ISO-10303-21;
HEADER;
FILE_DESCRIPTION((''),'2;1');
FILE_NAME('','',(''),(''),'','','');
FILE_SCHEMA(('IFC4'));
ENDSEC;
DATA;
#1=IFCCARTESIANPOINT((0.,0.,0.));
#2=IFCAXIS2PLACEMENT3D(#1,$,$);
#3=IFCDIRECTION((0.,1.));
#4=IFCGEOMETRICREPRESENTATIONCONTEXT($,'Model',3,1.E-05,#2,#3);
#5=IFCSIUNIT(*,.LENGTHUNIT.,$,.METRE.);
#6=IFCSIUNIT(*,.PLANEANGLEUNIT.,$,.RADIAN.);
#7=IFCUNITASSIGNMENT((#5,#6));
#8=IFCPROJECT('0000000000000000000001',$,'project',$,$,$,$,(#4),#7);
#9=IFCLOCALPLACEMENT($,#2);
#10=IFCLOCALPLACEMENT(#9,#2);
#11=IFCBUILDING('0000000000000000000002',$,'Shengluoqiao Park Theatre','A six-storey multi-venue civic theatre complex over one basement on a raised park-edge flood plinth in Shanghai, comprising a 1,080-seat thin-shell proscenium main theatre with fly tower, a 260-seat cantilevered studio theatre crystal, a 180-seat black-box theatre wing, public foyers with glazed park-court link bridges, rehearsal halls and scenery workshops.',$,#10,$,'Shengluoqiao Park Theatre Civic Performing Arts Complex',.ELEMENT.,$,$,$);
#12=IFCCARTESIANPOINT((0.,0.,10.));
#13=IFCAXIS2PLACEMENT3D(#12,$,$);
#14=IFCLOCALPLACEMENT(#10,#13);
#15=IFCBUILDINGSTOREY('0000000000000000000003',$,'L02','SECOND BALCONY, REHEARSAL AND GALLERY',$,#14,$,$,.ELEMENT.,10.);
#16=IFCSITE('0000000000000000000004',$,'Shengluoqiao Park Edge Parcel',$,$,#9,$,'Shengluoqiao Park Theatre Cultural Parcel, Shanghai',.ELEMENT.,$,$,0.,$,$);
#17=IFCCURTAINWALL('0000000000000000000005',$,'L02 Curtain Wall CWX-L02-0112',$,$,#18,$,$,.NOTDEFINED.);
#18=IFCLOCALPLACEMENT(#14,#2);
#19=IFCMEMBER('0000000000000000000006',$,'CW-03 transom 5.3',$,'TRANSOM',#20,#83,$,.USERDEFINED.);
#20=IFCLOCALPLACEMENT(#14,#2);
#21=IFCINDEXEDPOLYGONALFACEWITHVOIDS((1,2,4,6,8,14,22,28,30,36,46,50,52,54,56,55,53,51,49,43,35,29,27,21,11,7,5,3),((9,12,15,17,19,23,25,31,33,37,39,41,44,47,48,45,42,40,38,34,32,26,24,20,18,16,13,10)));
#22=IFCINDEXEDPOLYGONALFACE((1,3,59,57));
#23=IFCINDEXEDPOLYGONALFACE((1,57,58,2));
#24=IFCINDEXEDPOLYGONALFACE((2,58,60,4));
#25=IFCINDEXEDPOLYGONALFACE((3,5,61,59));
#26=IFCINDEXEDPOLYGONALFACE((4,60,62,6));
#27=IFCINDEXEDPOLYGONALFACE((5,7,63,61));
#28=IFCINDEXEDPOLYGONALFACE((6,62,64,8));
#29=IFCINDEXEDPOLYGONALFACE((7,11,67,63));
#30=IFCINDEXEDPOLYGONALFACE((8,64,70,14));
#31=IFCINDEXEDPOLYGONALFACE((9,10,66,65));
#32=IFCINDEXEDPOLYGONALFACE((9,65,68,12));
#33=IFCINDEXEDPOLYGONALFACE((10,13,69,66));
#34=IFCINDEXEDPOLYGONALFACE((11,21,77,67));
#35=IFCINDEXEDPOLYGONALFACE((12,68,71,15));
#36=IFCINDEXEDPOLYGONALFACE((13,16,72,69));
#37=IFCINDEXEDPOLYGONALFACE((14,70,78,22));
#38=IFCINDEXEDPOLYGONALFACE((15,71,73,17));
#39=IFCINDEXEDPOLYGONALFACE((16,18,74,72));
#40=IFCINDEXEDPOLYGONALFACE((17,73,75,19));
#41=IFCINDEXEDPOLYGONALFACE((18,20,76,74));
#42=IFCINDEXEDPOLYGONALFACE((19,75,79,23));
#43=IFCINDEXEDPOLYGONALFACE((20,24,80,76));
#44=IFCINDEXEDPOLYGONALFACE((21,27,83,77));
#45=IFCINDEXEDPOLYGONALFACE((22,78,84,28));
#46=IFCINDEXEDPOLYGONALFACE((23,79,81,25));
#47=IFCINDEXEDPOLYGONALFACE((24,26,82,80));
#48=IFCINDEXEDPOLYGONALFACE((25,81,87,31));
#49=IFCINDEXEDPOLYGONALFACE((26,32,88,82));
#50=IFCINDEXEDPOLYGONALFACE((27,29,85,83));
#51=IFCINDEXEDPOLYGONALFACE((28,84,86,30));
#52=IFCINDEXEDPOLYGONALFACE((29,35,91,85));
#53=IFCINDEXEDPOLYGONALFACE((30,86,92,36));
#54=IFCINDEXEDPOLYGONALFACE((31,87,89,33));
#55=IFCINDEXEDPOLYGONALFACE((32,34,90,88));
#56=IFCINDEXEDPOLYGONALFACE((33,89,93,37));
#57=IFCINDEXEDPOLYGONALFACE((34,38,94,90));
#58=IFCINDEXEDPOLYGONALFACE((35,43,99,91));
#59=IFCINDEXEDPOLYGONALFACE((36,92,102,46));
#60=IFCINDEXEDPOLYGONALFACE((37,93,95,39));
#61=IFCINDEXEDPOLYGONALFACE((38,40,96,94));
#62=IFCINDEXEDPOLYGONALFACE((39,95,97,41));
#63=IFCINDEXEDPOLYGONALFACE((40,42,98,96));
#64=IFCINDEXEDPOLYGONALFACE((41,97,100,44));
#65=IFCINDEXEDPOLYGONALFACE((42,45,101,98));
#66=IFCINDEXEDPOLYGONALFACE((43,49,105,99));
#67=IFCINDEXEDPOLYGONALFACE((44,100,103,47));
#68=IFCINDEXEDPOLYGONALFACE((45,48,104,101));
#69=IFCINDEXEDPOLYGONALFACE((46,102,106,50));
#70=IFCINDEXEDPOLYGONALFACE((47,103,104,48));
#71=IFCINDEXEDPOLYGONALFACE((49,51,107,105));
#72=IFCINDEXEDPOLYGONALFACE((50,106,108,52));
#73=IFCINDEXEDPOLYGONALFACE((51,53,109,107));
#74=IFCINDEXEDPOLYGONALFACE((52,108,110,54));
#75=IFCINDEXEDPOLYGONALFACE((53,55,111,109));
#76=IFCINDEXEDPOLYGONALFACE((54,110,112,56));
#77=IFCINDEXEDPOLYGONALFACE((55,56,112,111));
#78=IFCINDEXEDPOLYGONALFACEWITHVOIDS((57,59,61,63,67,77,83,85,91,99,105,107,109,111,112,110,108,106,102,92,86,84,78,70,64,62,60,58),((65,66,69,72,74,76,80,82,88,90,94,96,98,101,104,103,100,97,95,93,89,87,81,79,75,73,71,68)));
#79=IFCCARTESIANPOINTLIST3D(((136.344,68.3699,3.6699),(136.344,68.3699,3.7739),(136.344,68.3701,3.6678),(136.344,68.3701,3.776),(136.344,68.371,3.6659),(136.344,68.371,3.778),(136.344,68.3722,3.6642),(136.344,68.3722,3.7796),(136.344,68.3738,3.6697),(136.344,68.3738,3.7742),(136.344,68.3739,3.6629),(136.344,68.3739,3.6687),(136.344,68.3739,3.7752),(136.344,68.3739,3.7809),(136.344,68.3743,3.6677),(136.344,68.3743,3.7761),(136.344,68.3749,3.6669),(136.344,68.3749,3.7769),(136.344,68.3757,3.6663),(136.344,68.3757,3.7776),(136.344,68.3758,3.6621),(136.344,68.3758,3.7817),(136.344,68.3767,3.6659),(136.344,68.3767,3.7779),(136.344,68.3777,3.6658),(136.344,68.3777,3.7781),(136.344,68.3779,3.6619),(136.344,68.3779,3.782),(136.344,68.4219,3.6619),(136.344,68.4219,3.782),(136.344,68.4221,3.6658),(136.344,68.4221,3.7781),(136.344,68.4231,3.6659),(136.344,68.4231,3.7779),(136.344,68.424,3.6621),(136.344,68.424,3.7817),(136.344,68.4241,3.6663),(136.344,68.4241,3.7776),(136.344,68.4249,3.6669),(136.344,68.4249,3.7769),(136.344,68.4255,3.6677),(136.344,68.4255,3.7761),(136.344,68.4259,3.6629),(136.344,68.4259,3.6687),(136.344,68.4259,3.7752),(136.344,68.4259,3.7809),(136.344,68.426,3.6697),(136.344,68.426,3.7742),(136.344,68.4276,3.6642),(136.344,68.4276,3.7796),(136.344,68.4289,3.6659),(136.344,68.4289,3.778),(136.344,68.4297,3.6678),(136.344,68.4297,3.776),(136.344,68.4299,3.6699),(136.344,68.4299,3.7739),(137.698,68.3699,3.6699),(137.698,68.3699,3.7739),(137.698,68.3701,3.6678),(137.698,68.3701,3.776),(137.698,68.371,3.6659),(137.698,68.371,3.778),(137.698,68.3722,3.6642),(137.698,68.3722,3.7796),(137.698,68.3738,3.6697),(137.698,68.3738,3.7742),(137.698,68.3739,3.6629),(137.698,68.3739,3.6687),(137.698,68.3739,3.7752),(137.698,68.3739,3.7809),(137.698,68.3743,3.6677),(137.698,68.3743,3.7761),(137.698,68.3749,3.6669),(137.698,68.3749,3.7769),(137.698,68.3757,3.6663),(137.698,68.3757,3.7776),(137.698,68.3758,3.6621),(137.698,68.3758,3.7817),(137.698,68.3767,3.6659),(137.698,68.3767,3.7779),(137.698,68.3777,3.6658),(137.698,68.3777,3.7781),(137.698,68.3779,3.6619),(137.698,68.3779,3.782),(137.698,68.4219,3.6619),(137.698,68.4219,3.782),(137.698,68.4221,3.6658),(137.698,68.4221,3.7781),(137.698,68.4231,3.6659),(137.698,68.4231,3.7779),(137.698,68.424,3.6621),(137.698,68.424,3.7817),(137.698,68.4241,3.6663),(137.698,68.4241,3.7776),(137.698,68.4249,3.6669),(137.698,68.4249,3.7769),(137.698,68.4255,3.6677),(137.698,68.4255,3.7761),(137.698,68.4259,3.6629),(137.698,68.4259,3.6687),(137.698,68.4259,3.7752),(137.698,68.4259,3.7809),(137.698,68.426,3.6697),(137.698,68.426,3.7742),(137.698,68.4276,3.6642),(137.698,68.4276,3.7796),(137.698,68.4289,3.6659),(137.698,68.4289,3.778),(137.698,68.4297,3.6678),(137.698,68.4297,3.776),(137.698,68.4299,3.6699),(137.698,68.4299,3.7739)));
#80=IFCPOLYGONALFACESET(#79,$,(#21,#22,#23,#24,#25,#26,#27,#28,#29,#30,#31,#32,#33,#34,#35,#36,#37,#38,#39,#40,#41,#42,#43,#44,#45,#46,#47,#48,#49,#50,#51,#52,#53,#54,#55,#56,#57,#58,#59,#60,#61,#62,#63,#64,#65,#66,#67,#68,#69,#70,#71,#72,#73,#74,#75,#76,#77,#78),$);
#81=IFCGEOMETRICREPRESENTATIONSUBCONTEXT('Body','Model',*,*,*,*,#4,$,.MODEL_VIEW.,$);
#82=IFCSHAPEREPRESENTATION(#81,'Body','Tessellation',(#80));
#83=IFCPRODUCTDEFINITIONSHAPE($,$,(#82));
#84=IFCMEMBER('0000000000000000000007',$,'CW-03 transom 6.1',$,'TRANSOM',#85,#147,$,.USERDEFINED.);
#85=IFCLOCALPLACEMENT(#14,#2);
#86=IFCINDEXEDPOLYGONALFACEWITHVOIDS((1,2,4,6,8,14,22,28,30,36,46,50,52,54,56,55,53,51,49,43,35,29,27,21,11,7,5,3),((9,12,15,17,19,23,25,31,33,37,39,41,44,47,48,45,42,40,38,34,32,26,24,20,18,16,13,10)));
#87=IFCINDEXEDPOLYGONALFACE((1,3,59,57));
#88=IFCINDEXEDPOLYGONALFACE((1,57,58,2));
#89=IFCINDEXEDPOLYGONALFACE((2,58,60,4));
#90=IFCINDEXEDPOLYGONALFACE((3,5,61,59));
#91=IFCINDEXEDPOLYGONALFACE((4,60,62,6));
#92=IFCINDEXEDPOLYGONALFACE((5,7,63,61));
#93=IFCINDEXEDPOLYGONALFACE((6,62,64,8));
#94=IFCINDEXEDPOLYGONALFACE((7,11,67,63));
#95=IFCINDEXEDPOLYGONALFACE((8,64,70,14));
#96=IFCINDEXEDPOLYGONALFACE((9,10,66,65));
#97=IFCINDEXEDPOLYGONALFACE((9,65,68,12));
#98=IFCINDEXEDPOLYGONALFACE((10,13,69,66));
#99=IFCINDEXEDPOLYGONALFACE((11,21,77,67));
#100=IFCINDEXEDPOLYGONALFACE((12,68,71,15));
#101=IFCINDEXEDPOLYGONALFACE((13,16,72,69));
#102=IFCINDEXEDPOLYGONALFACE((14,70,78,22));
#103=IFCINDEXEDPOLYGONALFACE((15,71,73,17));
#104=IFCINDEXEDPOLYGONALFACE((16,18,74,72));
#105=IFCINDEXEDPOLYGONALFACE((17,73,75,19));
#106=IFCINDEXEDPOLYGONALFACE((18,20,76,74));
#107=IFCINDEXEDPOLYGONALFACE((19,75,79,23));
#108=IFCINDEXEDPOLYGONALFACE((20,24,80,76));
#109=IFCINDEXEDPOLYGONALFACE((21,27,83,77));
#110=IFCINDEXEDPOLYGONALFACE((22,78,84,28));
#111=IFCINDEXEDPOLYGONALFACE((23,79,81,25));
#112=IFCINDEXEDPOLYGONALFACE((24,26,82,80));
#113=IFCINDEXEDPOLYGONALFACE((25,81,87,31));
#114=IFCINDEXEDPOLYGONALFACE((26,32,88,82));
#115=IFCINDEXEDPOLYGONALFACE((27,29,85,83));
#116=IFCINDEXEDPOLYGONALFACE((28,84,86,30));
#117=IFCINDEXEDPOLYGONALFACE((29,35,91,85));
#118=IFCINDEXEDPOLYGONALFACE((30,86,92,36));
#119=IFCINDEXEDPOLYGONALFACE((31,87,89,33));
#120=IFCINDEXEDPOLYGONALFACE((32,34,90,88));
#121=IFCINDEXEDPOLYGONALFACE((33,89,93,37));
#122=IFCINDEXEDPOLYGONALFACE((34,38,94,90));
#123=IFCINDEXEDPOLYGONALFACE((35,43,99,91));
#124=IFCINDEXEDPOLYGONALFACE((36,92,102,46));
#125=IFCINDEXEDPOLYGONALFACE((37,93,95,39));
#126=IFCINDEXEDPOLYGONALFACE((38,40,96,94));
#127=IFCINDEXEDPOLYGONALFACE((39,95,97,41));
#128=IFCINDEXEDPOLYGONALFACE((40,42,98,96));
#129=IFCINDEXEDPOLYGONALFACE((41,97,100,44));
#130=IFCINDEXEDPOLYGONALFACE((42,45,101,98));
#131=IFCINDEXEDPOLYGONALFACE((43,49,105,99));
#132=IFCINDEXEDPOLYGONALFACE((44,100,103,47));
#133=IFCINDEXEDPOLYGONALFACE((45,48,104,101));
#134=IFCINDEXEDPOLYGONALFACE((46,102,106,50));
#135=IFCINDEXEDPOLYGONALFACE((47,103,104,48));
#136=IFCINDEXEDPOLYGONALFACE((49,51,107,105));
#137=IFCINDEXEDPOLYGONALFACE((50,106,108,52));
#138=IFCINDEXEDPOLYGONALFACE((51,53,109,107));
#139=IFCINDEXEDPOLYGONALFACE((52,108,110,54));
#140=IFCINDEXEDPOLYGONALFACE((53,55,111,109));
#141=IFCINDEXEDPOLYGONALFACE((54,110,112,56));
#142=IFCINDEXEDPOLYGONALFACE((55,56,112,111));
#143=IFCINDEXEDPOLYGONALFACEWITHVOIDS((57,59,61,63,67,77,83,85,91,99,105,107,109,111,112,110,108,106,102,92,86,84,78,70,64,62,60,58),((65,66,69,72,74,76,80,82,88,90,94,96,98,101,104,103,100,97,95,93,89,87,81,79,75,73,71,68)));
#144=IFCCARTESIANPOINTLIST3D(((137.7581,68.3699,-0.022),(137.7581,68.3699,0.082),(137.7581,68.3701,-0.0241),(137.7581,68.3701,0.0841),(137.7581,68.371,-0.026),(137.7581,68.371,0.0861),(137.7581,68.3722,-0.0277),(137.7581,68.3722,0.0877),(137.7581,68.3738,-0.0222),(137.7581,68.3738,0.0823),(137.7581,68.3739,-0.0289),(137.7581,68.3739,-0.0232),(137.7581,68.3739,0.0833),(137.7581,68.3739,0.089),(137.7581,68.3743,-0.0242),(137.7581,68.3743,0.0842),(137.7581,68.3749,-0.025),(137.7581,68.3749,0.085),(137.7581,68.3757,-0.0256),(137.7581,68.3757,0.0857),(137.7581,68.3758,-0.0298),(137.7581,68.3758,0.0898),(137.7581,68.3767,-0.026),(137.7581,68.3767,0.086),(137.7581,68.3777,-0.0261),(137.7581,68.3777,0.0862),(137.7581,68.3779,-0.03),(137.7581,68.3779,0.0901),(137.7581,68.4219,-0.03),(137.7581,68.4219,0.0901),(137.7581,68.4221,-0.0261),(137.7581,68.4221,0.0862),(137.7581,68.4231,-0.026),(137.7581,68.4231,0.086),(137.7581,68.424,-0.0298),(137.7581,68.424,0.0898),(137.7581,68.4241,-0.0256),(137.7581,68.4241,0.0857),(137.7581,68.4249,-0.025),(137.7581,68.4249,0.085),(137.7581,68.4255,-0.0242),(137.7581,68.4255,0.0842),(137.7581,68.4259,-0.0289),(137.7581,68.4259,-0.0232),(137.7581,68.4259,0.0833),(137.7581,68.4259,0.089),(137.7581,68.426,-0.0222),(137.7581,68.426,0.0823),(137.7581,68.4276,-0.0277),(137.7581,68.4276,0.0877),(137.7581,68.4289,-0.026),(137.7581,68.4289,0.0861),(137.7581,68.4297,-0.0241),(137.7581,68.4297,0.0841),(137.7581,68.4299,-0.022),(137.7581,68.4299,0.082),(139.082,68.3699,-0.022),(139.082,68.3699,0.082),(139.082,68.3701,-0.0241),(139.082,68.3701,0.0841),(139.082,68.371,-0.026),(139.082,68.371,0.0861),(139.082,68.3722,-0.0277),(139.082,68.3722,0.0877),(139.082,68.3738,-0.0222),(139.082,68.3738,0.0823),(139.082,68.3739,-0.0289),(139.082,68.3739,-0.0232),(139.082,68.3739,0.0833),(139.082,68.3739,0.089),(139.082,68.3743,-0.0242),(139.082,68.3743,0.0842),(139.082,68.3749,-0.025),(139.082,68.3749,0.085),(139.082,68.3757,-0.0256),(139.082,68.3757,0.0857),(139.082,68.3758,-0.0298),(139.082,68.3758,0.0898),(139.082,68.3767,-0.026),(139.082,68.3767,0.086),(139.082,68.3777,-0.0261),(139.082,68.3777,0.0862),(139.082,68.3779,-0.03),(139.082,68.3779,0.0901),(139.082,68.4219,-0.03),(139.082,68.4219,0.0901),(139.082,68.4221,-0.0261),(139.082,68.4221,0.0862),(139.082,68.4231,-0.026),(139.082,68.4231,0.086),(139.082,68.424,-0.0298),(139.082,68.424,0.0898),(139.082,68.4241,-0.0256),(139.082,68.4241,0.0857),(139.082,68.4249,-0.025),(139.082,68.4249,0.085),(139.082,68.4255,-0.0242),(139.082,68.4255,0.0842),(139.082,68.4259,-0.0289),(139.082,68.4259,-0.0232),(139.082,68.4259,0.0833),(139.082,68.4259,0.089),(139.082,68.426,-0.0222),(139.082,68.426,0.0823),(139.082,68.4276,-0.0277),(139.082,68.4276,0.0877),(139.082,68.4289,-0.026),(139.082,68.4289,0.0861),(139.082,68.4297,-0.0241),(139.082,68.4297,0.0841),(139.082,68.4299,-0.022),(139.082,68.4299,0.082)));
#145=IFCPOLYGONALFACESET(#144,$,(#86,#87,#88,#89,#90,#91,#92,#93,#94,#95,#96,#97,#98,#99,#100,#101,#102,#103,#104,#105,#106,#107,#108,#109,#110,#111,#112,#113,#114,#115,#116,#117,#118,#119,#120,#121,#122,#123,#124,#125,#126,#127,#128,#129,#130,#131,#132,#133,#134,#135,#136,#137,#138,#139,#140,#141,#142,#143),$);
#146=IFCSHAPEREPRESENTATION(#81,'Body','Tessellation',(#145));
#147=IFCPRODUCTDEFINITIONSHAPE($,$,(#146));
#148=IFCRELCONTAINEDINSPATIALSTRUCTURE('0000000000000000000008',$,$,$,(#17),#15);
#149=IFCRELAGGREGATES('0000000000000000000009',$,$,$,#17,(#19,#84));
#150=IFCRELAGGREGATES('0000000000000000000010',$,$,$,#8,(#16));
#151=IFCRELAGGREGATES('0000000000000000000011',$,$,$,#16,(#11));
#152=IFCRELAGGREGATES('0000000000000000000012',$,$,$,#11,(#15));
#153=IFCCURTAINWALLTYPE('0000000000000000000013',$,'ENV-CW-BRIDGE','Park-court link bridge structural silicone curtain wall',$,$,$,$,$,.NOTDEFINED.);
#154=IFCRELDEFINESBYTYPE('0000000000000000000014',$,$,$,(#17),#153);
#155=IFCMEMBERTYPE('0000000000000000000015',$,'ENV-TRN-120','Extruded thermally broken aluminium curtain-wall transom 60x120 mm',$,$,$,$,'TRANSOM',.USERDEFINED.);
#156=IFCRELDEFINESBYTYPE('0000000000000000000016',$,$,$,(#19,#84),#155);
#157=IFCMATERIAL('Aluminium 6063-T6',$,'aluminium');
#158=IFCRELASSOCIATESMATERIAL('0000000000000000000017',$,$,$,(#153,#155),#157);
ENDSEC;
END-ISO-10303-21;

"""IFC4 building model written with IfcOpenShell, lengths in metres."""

from ifc_helpers import new_model, si_unit, direction, frame, origin, origin_2d, place, context, subcontext, project, spatial, hollow_rectangle, extrude, material, material_profile, profile_set, type_object, element, aggregate, save


model = new_model("IFC4")

# Units and contexts
model_context = context("Model", 3, precision=1e-05, world=origin(), true_north=direction((0.0, 1.0)))
body_context = subcontext(model_context, "Body", "Model", "MODEL_VIEW")
ifc_project = project(units=[si_unit("LENGTHUNIT", "METRE"), si_unit("PLANEANGLEUNIT", "RADIAN")], contexts=[model_context])

# Site, building, storey
site_placement = place(None, origin())
site = spatial("IfcSite", under=ifc_project, at=site_placement, Name="Shengluoqiao Park Edge Parcel", LongName="Shengluoqiao Park Theatre Cultural Parcel, Shanghai", CompositionType="ELEMENT", RefElevation=0.0)
building_placement = place(site_placement, origin())
building = spatial("IfcBuilding", under=site, at=building_placement, Name="Shengluoqiao Park Theatre", Description="A six-storey multi-venue civic theatre complex over one basement on a raised park-edge flood plinth in Shanghai, comprising a 1,080-seat thin-shell proscenium main theatre with fly tower, a 260-seat cantilevered studio theatre crystal, a 180-seat black-box theatre wing, public foyers with glazed park-court link bridges, rehearsal halls and scenery workshops.", LongName="Shengluoqiao Park Theatre Civic Performing Arts Complex", CompositionType="ELEMENT")
storey_placement = place(building_placement, frame((0.0, 0.0, 10.0)))
storey = spatial("IfcBuildingStorey", under=building, at=storey_placement, Name="L02", Description="SECOND BALCONY, REHEARSAL AND GALLERY", CompositionType="ELEMENT", Elevation=10.0)

# Curtain wall, members
ifc_material_1 = material(Name="Aluminium 6063-T6", Category="aluminium")
curtain_wall_type = type_object("IfcCurtainWallType", Name="ENV-CW-BRIDGE", Description="Park-court link bridge structural silicone curtain wall", PredefinedType="NOTDEFINED", material=ifc_material_1)
curtain_wall_placement = place(storey_placement, origin())
curtain_wall = element("IfcCurtainWall", 1, at=curtain_wall_placement, inside=storey, type_object=curtain_wall_type, Name="L02 Curtain Wall CWX-L02-0112", PredefinedType="NOTDEFINED")
ifc_material_profile_1 = material_profile(ifc_material_1, hollow_rectangle(XDim=0.0601, YDim=0.1201, WallThickness=0.0039, InnerFilletRadius=0.0039, OuterFilletRadius=0.0081, at=origin_2d()), Name="ALU TRANSOM 120x60x4")
ifc_profile_set_1 = profile_set([ifc_material_profile_1], Name="Aluminium 6063-T6")
member_type_1 = type_object("IfcMemberType", Name="ENV-TRN-120", Description="Extruded thermally broken aluminium curtain-wall transom 60x120 mm", ElementType="TRANSOM", PredefinedType="USERDEFINED", material=ifc_profile_set_1)
member_1_placement = place(storey_placement, frame((136.344, 68.3999, 3.7219), z_axis=(1.0, 0.0, 0.0), x_axis=(0.0, 1.0, 0.0)))
member_1 = element("IfcMember", 2, at=member_1_placement, type_object=member_type_1, Name="CW-03 transom 5.3", ObjectType="TRANSOM", PredefinedType="USERDEFINED", context=body_context, shape_type="SweptSolid", body=[
    extrude(hollow_rectangle(XDim=0.0601, YDim=0.1201, WallThickness=0.0039, InnerFilletRadius=0.0039, OuterFilletRadius=0.0081, at=origin_2d()), origin(), (0.0, 0.0, 1.0), 1.354),
])
member_2_placement = place(storey_placement, frame((137.7581, 68.3999, 0.03), z_axis=(1.0, 0.0, 0.0), x_axis=(0.0, 1.0, 0.0)))
member_2 = element("IfcMember", 3, at=member_2_placement, type_object=member_type_1, Name="CW-03 transom 6.1", ObjectType="TRANSOM", PredefinedType="USERDEFINED", context=body_context, shape_type="SweptSolid", body=[
    extrude(hollow_rectangle(XDim=0.0601, YDim=0.1201, WallThickness=0.0039, InnerFilletRadius=0.0039, OuterFilletRadius=0.0081, at=origin_2d()), origin(), (0.0, 0.0, 1.0), 1.324),
])

aggregate(curtain_wall, [member_1, member_2])

save(model, "model.ifc")
